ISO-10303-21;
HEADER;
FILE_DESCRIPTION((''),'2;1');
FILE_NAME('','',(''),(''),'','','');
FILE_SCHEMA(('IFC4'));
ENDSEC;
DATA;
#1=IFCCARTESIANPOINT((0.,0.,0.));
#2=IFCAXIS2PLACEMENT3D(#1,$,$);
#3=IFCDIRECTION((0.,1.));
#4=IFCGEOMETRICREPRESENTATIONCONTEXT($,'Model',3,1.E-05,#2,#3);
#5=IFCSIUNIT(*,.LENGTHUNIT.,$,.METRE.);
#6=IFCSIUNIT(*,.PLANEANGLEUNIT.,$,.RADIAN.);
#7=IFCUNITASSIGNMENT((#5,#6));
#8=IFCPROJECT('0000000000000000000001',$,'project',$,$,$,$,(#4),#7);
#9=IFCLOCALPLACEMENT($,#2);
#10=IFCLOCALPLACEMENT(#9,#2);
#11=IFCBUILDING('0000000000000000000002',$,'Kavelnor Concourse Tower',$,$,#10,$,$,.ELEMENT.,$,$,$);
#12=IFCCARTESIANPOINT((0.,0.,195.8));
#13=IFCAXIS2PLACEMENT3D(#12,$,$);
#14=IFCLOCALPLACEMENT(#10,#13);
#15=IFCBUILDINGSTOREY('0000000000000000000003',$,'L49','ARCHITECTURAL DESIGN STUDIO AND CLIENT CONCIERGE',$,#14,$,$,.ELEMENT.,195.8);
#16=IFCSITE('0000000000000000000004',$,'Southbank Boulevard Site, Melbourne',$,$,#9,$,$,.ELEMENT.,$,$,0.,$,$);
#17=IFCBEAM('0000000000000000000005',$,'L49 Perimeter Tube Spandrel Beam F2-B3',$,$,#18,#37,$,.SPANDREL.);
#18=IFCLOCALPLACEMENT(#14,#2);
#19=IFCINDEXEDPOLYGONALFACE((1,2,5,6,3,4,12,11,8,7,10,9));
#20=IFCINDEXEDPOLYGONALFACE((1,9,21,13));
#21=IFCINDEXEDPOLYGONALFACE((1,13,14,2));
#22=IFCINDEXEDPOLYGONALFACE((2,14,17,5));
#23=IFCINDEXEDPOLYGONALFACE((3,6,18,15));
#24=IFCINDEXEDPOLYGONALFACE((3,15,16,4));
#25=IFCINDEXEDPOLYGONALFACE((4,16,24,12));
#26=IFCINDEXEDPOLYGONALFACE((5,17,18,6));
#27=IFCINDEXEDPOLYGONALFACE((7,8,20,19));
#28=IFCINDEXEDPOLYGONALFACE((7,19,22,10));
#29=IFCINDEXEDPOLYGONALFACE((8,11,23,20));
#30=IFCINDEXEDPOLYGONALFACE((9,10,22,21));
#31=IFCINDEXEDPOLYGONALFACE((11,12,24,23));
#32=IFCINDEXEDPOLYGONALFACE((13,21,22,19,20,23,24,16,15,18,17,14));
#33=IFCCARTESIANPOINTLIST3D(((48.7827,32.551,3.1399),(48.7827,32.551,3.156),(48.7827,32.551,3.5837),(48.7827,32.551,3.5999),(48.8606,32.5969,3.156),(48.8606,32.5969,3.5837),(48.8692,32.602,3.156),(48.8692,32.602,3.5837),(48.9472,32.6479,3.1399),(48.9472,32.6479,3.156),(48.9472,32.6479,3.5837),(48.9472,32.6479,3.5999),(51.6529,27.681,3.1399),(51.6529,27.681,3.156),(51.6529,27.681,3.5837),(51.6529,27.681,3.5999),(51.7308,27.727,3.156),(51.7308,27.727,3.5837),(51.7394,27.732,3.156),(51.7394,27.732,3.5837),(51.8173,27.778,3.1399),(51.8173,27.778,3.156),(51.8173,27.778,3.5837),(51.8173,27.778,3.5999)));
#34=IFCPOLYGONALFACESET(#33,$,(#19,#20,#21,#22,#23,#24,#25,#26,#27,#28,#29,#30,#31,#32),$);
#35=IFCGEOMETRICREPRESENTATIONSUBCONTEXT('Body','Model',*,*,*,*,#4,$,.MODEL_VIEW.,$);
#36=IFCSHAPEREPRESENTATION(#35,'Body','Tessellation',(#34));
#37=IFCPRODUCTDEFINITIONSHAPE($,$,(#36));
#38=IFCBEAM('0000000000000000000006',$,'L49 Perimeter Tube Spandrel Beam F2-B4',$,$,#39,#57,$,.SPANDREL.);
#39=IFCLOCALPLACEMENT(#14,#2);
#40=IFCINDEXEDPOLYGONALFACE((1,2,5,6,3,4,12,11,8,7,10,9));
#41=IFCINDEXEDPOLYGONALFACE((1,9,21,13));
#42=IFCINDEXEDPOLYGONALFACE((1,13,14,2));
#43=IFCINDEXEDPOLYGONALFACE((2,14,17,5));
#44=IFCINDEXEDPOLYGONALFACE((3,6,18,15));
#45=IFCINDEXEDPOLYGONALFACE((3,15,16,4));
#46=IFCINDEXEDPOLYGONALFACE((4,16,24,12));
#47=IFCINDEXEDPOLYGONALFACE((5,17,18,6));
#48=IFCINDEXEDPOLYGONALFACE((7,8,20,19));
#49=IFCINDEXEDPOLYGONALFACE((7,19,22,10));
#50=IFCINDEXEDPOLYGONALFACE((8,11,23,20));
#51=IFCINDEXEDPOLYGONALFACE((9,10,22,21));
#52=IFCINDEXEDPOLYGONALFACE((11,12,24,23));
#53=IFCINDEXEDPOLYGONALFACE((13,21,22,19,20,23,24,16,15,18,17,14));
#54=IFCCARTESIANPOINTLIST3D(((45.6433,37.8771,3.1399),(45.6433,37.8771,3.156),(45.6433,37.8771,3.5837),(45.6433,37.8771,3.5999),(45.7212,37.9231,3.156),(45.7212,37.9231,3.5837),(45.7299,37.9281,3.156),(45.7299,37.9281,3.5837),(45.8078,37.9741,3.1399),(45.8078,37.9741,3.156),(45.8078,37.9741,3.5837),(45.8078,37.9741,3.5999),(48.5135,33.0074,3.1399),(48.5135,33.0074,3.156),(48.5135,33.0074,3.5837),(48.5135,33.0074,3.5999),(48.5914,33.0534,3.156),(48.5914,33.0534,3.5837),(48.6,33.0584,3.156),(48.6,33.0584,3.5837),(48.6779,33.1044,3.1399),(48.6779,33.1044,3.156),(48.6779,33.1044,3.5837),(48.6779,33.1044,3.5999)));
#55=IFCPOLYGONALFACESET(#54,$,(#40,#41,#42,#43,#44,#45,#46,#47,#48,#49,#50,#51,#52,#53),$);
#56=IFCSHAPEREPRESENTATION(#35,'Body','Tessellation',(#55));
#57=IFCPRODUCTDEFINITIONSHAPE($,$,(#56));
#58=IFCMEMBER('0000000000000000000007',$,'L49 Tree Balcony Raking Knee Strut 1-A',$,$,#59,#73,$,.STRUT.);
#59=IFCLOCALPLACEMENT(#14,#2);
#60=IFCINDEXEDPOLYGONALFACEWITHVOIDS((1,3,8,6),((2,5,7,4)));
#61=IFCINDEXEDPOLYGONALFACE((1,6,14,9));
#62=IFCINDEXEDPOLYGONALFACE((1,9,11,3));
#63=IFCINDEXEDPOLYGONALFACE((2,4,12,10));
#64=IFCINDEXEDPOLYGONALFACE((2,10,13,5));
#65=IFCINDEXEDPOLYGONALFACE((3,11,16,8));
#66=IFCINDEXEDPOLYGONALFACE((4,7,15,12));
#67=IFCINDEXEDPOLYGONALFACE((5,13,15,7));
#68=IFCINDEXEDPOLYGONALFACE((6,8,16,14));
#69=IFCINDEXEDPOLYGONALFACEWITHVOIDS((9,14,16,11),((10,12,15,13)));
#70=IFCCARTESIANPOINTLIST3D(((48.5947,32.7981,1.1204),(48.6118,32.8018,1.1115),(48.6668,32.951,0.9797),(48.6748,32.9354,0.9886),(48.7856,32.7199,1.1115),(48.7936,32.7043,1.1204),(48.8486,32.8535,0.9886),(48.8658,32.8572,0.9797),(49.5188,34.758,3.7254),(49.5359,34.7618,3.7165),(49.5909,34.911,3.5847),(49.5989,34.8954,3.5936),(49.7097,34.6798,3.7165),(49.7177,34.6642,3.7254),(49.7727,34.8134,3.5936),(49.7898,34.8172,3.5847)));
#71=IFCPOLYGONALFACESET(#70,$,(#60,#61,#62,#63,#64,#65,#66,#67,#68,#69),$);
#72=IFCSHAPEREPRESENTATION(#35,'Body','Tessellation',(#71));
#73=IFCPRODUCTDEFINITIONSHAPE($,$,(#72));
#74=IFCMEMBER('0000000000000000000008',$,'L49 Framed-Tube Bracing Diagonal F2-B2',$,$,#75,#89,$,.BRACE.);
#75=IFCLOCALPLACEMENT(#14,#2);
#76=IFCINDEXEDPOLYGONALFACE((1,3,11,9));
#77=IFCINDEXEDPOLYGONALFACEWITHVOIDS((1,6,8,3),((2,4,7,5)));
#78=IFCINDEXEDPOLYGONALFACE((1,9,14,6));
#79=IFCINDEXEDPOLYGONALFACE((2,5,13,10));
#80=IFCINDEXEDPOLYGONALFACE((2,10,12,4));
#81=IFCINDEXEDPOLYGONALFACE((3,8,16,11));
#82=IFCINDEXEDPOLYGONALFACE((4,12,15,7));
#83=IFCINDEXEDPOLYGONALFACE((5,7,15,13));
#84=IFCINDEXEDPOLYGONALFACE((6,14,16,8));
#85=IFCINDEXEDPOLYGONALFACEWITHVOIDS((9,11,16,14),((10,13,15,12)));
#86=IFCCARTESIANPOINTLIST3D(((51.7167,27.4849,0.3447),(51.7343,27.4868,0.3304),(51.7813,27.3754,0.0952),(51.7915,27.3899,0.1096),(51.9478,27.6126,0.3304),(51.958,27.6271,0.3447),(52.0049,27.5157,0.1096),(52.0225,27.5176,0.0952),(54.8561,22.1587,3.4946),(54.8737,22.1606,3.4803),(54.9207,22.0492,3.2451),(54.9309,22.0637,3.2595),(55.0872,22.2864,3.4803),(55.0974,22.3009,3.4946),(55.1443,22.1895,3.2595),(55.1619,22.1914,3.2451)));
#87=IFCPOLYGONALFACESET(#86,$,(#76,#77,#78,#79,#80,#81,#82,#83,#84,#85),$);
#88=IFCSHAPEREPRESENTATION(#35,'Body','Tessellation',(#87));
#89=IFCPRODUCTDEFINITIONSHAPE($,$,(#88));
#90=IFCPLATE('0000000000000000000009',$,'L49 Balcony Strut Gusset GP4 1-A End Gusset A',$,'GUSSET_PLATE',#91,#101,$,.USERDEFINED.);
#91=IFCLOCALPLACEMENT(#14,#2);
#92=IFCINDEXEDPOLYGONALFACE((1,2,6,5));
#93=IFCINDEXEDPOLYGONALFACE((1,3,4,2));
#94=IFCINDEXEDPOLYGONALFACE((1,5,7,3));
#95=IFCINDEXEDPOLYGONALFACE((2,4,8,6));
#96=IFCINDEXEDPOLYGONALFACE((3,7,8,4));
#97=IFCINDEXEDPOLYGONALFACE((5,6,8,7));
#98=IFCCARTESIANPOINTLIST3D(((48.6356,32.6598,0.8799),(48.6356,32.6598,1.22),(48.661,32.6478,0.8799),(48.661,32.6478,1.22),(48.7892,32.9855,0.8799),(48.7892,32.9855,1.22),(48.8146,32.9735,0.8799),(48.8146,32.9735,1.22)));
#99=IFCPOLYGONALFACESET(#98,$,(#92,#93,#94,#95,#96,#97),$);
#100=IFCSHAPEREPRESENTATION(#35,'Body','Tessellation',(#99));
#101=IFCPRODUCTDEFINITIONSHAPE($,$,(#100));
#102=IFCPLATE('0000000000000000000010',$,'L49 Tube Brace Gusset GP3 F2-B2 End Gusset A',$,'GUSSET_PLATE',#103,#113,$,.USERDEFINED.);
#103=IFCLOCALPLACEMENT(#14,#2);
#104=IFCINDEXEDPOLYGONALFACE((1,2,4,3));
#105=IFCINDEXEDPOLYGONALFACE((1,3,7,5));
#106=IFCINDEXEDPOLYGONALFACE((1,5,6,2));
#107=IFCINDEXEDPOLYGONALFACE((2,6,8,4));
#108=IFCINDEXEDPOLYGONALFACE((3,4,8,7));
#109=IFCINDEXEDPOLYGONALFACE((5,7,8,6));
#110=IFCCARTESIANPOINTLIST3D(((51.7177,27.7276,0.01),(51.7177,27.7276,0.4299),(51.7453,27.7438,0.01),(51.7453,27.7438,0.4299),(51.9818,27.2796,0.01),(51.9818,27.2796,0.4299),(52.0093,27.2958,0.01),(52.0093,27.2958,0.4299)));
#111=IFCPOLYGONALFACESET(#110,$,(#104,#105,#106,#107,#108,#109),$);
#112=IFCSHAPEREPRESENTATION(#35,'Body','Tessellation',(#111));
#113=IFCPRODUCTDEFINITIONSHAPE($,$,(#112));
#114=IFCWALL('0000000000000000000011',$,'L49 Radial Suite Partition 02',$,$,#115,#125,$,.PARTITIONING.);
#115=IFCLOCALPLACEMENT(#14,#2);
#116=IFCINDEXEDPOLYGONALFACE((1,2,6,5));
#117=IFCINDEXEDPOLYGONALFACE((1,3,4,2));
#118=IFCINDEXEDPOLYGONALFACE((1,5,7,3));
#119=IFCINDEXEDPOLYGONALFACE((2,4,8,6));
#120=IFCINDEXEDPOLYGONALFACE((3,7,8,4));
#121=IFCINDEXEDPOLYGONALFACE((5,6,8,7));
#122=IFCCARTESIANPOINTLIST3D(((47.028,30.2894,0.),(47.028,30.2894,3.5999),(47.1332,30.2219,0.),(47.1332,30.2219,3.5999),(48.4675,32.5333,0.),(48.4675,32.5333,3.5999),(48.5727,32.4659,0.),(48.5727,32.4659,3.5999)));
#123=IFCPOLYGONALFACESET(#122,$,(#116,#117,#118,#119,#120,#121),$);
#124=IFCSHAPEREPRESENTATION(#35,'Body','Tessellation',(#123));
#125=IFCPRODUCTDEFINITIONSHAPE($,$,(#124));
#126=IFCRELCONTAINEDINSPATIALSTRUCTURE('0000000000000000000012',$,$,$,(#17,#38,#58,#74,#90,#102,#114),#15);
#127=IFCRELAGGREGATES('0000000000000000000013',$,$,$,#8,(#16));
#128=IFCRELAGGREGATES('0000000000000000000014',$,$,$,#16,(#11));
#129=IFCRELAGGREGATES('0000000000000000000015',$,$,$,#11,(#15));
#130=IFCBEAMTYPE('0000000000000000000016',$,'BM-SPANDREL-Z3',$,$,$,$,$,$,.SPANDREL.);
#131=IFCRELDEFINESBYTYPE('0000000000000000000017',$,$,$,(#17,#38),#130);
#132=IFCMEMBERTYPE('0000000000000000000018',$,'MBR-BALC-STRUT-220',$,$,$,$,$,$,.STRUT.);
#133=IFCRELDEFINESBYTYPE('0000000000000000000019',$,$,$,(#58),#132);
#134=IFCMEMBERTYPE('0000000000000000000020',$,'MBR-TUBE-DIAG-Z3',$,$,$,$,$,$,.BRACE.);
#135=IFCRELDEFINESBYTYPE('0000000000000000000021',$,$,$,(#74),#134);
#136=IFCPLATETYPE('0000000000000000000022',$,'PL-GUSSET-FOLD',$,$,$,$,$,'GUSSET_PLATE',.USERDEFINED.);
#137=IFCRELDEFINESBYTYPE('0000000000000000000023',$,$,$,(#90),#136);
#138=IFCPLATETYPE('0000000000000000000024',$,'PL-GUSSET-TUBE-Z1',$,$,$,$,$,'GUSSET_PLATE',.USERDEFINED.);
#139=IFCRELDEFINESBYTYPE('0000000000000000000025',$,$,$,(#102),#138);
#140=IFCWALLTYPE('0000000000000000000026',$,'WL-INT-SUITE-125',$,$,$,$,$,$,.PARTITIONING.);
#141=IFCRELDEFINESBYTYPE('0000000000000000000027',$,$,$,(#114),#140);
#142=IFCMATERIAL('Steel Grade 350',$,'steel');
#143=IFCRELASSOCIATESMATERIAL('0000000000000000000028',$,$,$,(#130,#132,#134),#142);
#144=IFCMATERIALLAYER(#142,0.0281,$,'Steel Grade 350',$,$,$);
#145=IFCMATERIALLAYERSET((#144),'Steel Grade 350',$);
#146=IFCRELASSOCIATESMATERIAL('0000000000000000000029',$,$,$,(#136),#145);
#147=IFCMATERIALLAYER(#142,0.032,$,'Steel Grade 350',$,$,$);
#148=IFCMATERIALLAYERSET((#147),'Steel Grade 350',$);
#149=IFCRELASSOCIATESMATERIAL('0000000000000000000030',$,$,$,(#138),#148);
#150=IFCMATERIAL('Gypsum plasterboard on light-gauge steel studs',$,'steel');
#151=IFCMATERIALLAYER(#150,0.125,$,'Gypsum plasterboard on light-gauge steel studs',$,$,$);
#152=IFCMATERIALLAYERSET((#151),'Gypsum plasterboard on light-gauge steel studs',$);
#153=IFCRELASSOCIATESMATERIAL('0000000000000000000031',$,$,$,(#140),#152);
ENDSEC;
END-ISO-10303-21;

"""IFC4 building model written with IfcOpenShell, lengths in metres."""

from ifc_helpers import new_model, si_unit, direction, frame, frame_2d, origin, origin_2d, place, context, subcontext, project, spatial, rectangle, hollow_rectangle, i_section, extrude, material, layer, layer_set, material_profile, profile_set, type_object, element, save


model = new_model("IFC4")

# Units and contexts
model_context = context("Model", 3, precision=1e-05, world=origin(), true_north=direction((0.0, 1.0)))
body_context = subcontext(model_context, "Body", "Model", "MODEL_VIEW")
ifc_project = project(units=[si_unit("LENGTHUNIT", "METRE"), si_unit("PLANEANGLEUNIT", "RADIAN")], contexts=[model_context])

# Site, building, storey
site_placement = place(None, origin())
site = spatial("IfcSite", under=ifc_project, at=site_placement, Name="Southbank Boulevard Site, Melbourne", CompositionType="ELEMENT", RefElevation=0.0)
building_placement = place(site_placement, origin())
building = spatial("IfcBuilding", under=site, at=building_placement, Name="Kavelnor Concourse Tower", CompositionType="ELEMENT")
storey_placement = place(building_placement, frame((0.0, 0.0, 195.8)))
storey = spatial("IfcBuildingStorey", under=building, at=storey_placement, Name="L49", Description="ARCHITECTURAL DESIGN STUDIO AND CLIENT CONCIERGE", CompositionType="ELEMENT", Elevation=195.8)

# Shared definitions
ifc_material_1 = material(Name="Steel Grade 350", Category="steel")

# Beams
ifc_material_profile_1 = material_profile(ifc_material_1, i_section(OverallWidth=0.1909, OverallDepth=0.46, WebThickness=0.01, FlangeThickness=0.0161, at=origin_2d()), Name="460UB82")
ifc_profile_set_1 = profile_set([ifc_material_profile_1], Name="Steel Grade 350")
beam_type_1 = type_object("IfcBeamType", Name="BM-SPANDREL-Z3", PredefinedType="SPANDREL", material=ifc_profile_set_1)
beam_1_placement = place(storey_placement, frame((51.7351, 27.7295, 3.3699), z_axis=(-0.507741, 0.86151, 0.0), x_axis=(-0.86151, -0.507741, 0.0)))
element("IfcBeam", 1, at=beam_1_placement, inside=storey, type_object=beam_type_1, Name="L49 Perimeter Tube Spandrel Beam F2-B3", PredefinedType="SPANDREL", context=body_context, shape_type="SweptSolid", body=[
    extrude(i_section(OverallWidth=0.1909, OverallDepth=0.46, WebThickness=0.01, FlangeThickness=0.0161, at=origin_2d()), origin(), (0.0, 0.0, 1.0), 5.6528),
])
beam_2_placement = place(storey_placement, frame((48.5957, 33.0559, 3.3699), z_axis=(-0.50776, 0.861499, 0.0), x_axis=(-0.861499, -0.50776, 0.0)))
element("IfcBeam", 2, at=beam_2_placement, inside=storey, type_object=beam_type_1, Name="L49 Perimeter Tube Spandrel Beam F2-B4", PredefinedType="SPANDREL", context=body_context, shape_type="SweptSolid", body=[
    extrude(i_section(OverallWidth=0.1909, OverallDepth=0.46, WebThickness=0.01, FlangeThickness=0.0161, at=origin_2d()), origin(), (0.0, 0.0, 1.0), 5.6526),
])

# Members
ifc_material_profile_2 = material_profile(ifc_material_1, hollow_rectangle(XDim=0.22, YDim=0.22, WallThickness=0.0139, at=origin_2d()), Name="SHS 220x220x14")
ifc_profile_set_2 = profile_set([ifc_material_profile_2], Name="Steel Grade 350")
member_type_1 = type_object("IfcMemberType", Name="MBR-BALC-STRUT-220", PredefinedType="STRUT", material=ifc_profile_set_2)
member_1_placement = place(storey_placement, frame((48.7302, 32.8276, 1.05), z_axis=(0.272716, 0.578432, 0.768793), x_axis=(-0.90451, 0.426453, 0.0)))
element("IfcMember", 3, at=member_1_placement, inside=storey, type_object=member_type_1, Name="L49 Tree Balcony Raking Knee Strut 1-A", PredefinedType="STRUT", context=body_context, shape_type="SweptSolid", body=[
    extrude(hollow_rectangle(XDim=0.22, YDim=0.22, WallThickness=0.0139, at=origin_2d()), origin(), (0.0, 0.0, 1.0), 3.3884),
])
ifc_material_profile_3 = material_profile(ifc_material_1, hollow_rectangle(XDim=0.28, YDim=0.28, WallThickness=0.0161, at=origin_2d()), Name="SHS 280x280x16")
ifc_profile_set_3 = profile_set([ifc_material_profile_3], Name="Steel Grade 350")
member_type_2 = type_object("IfcMemberType", Name="MBR-TUBE-DIAG-Z3", PredefinedType="BRACE", material=ifc_profile_set_3)
member_2_placement = place(storey_placement, frame((51.8696, 27.5012, 0.22), z_axis=(0.452447, -0.767601, 0.45396), x_axis=(0.861484, 0.507784, 0.0)))
element("IfcMember", 4, at=member_2_placement, inside=storey, type_object=member_type_2, Name="L49 Framed-Tube Bracing Diagonal F2-B2", PredefinedType="BRACE", context=body_context, shape_type="SweptSolid", body=[
    extrude(hollow_rectangle(XDim=0.28, YDim=0.28, WallThickness=0.0161, at=origin_2d()), origin(), (0.0, 0.0, 1.0), 6.9387),
])

# Plates
ifc_layer_1 = layer(ifc_material_1, 0.0281, Name="Steel Grade 350")
ifc_layer_set_1 = layer_set([ifc_layer_1], Name="Steel Grade 350")
plate_type_1 = type_object("IfcPlateType", Name="PL-GUSSET-FOLD", ElementType="GUSSET_PLATE", PredefinedType="USERDEFINED", material=ifc_layer_set_1)
plate_1_placement = place(storey_placement, frame((48.7251, 32.8167, 0.8799), z_axis=(0.0, 0.0, 1.0), x_axis=(0.426411, 0.90453, 0.0)))
element("IfcPlate", 5, at=plate_1_placement, inside=storey, type_object=plate_type_1, Name="L49 Balcony Strut Gusset GP4 1-A End Gusset A", ObjectType="GUSSET_PLATE", PredefinedType="USERDEFINED", context=body_context, shape_type="SweptSolid", body=[
    extrude(rectangle(XDim=0.3601, YDim=0.0281, at=origin_2d()), origin(), (0.0, 0.0, 1.0), 0.3401),
])
ifc_layer_2 = layer(ifc_material_1, 0.032, Name="Steel Grade 350")
ifc_layer_set_2 = layer_set([ifc_layer_2], Name="Steel Grade 350")
plate_type_2 = type_object("IfcPlateType", Name="PL-GUSSET-TUBE-Z1", ElementType="GUSSET_PLATE", PredefinedType="USERDEFINED", material=ifc_layer_set_2)
plate_2_placement = place(storey_placement, frame((51.8635, 27.5117, 0.01), z_axis=(0.0, 0.0, 1.0), x_axis=(0.507689, -0.861541, 0.0)))
element("IfcPlate", 6, at=plate_2_placement, inside=storey, type_object=plate_type_2, Name="L49 Tube Brace Gusset GP3 F2-B2 End Gusset A", ObjectType="GUSSET_PLATE", PredefinedType="USERDEFINED", context=body_context, shape_type="SweptSolid", body=[
    extrude(rectangle(XDim=0.52, YDim=0.032, at=origin_2d()), origin(), (0.0, 0.0, 1.0), 0.4199),
])

# Wall
ifc_material_2 = material(Name="Gypsum plasterboard on light-gauge steel studs", Category="steel")
ifc_layer_3 = layer(ifc_material_2, 0.125, Name="Gypsum plasterboard on light-gauge steel studs")
ifc_layer_set_3 = layer_set([ifc_layer_3], Name="Gypsum plasterboard on light-gauge steel studs")
wall_type = type_object("IfcWallType", Name="WL-INT-SUITE-125", PredefinedType="PARTITIONING", material=ifc_layer_set_3)
wall_placement = place(storey_placement, frame((47.0806, 30.2556, 0.0), z_axis=(0.0, 0.0, 1.0), x_axis=(0.539947, 0.841699, 0.0)))
element("IfcWall", 7, at=wall_placement, inside=storey, type_object=wall_type, Name="L49 Radial Suite Partition 02", PredefinedType="PARTITIONING", context=body_context, shape_type="SweptSolid", body=[
    extrude(rectangle(XDim=2.666, YDim=0.125, at=frame_2d((1.333, 0.0))), origin(), (0.0, 0.0, 1.0), 3.5999),
])

save(model, "model.ifc")
